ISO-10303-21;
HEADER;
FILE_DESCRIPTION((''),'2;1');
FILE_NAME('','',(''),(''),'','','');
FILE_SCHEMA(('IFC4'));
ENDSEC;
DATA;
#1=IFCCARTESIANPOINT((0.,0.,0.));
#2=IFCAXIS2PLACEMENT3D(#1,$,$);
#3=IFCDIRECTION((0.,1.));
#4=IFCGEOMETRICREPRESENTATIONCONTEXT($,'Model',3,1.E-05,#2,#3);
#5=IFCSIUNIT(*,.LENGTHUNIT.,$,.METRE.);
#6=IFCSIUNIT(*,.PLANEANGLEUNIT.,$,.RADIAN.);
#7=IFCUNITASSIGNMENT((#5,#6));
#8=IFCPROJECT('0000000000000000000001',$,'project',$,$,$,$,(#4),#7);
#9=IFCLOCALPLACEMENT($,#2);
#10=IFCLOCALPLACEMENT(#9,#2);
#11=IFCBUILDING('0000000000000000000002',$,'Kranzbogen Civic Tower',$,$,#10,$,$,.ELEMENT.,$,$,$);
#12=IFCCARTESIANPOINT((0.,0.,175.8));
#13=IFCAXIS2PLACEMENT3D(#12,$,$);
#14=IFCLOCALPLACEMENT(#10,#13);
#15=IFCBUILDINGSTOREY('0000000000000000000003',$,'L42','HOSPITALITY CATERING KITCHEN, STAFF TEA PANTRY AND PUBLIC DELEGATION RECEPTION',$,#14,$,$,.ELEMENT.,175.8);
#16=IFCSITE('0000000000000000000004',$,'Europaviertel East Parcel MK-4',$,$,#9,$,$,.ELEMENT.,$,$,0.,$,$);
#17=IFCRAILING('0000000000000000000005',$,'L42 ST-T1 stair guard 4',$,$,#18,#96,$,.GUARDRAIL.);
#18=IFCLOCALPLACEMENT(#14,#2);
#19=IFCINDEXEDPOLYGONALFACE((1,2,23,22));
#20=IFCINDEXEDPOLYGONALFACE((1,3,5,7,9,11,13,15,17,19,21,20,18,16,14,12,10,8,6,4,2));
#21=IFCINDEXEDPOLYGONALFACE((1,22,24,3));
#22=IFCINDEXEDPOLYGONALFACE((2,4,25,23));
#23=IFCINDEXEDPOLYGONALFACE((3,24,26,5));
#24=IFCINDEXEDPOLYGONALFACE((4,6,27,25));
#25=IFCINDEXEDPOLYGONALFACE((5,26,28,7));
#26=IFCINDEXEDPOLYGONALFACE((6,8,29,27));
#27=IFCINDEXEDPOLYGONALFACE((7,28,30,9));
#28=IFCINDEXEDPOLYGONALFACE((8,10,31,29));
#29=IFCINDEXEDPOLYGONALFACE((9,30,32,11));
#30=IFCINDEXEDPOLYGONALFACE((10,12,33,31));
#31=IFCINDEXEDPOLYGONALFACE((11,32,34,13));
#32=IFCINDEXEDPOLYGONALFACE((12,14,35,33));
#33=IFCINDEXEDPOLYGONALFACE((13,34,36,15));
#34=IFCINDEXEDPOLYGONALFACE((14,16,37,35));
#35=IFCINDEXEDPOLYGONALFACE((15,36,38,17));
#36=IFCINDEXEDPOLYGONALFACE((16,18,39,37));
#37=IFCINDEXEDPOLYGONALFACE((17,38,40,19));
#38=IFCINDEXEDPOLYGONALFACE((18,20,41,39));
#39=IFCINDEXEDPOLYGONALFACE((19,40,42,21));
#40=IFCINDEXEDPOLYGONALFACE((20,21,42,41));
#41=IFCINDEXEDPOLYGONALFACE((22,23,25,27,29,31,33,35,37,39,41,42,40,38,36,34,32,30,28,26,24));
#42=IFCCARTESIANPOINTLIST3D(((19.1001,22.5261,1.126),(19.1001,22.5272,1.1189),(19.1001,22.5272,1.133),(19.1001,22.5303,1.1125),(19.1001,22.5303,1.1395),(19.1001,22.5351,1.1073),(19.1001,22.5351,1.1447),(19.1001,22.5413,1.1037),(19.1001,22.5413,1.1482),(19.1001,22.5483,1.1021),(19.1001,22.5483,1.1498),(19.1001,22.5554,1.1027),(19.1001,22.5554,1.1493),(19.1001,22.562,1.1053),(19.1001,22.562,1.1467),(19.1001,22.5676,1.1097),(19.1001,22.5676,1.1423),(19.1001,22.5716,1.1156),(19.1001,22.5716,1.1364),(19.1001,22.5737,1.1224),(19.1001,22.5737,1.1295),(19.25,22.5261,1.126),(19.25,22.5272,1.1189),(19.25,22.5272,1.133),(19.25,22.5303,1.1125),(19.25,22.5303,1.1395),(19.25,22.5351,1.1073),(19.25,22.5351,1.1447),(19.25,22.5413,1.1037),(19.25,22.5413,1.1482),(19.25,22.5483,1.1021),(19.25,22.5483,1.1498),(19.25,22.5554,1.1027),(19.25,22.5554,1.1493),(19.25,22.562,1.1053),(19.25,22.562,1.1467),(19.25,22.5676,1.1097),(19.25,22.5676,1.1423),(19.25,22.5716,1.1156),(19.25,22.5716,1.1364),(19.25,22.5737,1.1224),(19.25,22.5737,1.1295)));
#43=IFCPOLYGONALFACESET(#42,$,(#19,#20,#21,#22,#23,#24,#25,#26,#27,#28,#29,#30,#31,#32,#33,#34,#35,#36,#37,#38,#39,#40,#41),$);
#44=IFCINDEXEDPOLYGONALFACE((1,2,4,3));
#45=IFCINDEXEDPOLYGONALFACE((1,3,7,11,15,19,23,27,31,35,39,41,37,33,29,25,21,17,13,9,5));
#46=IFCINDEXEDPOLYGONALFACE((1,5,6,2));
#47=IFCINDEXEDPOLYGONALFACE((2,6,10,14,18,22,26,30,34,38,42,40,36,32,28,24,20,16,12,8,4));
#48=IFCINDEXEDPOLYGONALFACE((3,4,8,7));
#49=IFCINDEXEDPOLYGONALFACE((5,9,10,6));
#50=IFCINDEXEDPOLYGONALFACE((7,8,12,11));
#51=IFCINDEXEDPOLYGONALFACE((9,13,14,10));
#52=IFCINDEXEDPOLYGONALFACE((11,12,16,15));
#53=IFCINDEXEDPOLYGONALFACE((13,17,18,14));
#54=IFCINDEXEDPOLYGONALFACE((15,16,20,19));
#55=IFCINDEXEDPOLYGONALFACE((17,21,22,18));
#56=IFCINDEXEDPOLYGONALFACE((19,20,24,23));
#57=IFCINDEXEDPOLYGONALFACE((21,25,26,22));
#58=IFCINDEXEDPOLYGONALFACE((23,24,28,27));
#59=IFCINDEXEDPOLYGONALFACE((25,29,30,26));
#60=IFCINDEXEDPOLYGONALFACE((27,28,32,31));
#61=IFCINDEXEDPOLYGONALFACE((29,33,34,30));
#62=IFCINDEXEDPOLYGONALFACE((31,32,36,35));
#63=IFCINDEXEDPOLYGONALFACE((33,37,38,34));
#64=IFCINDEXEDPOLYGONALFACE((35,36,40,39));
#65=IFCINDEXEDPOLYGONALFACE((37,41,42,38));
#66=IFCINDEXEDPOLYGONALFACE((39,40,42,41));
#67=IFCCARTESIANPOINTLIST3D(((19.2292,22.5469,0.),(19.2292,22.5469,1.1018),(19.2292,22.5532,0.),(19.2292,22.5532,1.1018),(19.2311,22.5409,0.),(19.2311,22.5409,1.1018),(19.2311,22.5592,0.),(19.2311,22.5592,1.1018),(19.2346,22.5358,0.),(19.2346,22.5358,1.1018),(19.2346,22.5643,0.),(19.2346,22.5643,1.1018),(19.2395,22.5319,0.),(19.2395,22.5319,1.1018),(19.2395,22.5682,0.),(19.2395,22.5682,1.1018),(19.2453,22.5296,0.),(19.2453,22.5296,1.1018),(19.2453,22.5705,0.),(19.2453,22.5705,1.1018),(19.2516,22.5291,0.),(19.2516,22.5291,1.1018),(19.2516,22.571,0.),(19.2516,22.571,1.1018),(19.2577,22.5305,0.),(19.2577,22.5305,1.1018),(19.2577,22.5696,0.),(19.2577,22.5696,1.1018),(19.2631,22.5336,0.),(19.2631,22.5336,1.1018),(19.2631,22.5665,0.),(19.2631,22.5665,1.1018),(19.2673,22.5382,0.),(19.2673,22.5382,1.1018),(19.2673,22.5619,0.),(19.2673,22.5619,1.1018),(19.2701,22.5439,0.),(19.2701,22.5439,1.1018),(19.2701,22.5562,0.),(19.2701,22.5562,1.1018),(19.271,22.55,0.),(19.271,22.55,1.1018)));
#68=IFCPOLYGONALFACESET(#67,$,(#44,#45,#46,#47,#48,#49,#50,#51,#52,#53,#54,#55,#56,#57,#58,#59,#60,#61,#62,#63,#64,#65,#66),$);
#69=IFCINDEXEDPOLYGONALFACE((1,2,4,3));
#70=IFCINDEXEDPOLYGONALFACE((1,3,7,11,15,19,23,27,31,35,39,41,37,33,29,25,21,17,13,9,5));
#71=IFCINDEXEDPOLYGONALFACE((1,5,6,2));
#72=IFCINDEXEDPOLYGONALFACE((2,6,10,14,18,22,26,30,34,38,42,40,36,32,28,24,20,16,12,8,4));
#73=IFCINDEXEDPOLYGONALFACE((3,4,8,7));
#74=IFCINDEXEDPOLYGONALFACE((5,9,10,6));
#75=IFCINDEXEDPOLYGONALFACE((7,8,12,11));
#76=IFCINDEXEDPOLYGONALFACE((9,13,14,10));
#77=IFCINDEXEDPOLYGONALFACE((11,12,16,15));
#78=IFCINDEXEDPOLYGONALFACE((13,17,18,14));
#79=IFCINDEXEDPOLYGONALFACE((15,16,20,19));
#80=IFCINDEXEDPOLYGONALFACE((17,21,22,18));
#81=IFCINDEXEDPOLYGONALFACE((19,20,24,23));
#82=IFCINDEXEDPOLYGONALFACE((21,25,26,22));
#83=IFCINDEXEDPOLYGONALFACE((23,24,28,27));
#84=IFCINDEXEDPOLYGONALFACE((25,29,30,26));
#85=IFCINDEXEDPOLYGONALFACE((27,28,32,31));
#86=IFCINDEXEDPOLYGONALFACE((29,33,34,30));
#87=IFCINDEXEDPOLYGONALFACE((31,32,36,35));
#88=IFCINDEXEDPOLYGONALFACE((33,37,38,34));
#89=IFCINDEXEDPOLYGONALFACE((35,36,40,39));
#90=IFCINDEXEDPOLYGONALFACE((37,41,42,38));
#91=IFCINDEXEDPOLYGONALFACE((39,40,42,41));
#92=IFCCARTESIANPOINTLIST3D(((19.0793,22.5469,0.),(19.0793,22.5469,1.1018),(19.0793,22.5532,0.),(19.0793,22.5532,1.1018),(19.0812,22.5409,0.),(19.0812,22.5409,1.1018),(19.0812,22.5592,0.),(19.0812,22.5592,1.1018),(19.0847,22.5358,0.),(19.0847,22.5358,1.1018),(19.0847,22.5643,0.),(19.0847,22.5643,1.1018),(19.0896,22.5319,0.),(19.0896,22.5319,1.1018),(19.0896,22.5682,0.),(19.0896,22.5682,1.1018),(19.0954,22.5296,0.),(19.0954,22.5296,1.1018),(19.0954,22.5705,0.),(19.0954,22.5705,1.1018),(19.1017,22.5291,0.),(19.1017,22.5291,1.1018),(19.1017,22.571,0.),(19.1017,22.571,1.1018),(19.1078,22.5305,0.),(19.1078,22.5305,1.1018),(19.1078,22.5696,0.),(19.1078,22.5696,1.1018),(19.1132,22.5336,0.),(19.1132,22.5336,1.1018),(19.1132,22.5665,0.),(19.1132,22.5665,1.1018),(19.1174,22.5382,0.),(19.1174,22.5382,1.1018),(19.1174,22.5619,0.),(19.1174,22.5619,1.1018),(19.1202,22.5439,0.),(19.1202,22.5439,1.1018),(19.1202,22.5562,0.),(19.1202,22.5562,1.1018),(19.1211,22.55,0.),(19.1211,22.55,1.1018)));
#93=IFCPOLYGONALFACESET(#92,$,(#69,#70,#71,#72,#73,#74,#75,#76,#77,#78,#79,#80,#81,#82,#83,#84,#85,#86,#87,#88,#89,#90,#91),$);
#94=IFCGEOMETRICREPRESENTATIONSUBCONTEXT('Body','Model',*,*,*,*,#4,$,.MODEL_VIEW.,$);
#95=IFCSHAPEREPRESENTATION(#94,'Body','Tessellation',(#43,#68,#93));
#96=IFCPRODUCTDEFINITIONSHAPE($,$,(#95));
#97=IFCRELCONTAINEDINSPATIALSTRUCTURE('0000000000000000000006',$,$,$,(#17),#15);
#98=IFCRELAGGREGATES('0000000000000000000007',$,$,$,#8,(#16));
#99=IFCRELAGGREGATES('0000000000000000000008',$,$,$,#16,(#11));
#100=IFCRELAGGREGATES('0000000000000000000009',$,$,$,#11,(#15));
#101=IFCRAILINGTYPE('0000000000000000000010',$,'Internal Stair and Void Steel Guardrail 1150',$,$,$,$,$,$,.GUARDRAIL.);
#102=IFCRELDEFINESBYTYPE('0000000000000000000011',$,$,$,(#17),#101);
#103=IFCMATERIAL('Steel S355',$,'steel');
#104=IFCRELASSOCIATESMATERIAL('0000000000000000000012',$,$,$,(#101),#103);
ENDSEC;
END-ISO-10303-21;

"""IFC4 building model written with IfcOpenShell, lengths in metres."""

from ifc_helpers import new_model, si_unit, direction, frame, origin, origin_2d, place, context, subcontext, project, spatial, circle, extrude, material, type_object, element, save


model = new_model("IFC4")

# Units and contexts
model_context = context("Model", 3, precision=1e-05, world=origin(), true_north=direction((0.0, 1.0)))
body_context = subcontext(model_context, "Body", "Model", "MODEL_VIEW")
ifc_project = project(units=[si_unit("LENGTHUNIT", "METRE"), si_unit("PLANEANGLEUNIT", "RADIAN")], contexts=[model_context])

# Site, building, storey
site_placement = place(None, origin())
site = spatial("IfcSite", under=ifc_project, at=site_placement, Name="Europaviertel East Parcel MK-4", CompositionType="ELEMENT", RefElevation=0.0)
building_placement = place(site_placement, origin())
building = spatial("IfcBuilding", under=site, at=building_placement, Name="Kranzbogen Civic Tower", CompositionType="ELEMENT")
storey_placement = place(building_placement, frame((0.0, 0.0, 175.8)))
storey = spatial("IfcBuildingStorey", under=building, at=storey_placement, Name="L42", Description="HOSPITALITY CATERING KITCHEN, STAFF TEA PANTRY AND PUBLIC DELEGATION RECEPTION", CompositionType="ELEMENT", Elevation=175.8)

# Shared definitions
ifc_material_1 = material(Name="Steel S355", Category="steel")

# Railing
railing_type_1 = type_object("IfcRailingType", Name="Internal Stair and Void Steel Guardrail 1150", PredefinedType="GUARDRAIL", material=ifc_material_1)
railing_1_placement = place(storey_placement, frame((19.25, 22.55, 0.0)))
element("IfcRailing", 1, at=railing_1_placement, inside=storey, type_object=railing_type_1, Name="L42 ST-T1 stair guard 4", PredefinedType="GUARDRAIL", context=body_context, shape_type="SweptSolid", body=[
    extrude(circle(Radius=0.0239, at=origin_2d()), frame((0.0, 0.0, 1.126), z_axis=(-1.0, 0.0, 0.0), x_axis=(0.0, -1.0, 0.0)), (0.0, 0.0, 1.0), 0.1499),
    extrude(circle(Radius=0.021, at=origin_2d()), origin(), (0.0, 0.0, 1.0), 1.1018),
    extrude(circle(Radius=0.021, at=origin_2d()), frame((-0.1499, 0.0, 0.0)), (0.0, 0.0, 1.0), 1.1018),
])

save(model, "model.ifc")
